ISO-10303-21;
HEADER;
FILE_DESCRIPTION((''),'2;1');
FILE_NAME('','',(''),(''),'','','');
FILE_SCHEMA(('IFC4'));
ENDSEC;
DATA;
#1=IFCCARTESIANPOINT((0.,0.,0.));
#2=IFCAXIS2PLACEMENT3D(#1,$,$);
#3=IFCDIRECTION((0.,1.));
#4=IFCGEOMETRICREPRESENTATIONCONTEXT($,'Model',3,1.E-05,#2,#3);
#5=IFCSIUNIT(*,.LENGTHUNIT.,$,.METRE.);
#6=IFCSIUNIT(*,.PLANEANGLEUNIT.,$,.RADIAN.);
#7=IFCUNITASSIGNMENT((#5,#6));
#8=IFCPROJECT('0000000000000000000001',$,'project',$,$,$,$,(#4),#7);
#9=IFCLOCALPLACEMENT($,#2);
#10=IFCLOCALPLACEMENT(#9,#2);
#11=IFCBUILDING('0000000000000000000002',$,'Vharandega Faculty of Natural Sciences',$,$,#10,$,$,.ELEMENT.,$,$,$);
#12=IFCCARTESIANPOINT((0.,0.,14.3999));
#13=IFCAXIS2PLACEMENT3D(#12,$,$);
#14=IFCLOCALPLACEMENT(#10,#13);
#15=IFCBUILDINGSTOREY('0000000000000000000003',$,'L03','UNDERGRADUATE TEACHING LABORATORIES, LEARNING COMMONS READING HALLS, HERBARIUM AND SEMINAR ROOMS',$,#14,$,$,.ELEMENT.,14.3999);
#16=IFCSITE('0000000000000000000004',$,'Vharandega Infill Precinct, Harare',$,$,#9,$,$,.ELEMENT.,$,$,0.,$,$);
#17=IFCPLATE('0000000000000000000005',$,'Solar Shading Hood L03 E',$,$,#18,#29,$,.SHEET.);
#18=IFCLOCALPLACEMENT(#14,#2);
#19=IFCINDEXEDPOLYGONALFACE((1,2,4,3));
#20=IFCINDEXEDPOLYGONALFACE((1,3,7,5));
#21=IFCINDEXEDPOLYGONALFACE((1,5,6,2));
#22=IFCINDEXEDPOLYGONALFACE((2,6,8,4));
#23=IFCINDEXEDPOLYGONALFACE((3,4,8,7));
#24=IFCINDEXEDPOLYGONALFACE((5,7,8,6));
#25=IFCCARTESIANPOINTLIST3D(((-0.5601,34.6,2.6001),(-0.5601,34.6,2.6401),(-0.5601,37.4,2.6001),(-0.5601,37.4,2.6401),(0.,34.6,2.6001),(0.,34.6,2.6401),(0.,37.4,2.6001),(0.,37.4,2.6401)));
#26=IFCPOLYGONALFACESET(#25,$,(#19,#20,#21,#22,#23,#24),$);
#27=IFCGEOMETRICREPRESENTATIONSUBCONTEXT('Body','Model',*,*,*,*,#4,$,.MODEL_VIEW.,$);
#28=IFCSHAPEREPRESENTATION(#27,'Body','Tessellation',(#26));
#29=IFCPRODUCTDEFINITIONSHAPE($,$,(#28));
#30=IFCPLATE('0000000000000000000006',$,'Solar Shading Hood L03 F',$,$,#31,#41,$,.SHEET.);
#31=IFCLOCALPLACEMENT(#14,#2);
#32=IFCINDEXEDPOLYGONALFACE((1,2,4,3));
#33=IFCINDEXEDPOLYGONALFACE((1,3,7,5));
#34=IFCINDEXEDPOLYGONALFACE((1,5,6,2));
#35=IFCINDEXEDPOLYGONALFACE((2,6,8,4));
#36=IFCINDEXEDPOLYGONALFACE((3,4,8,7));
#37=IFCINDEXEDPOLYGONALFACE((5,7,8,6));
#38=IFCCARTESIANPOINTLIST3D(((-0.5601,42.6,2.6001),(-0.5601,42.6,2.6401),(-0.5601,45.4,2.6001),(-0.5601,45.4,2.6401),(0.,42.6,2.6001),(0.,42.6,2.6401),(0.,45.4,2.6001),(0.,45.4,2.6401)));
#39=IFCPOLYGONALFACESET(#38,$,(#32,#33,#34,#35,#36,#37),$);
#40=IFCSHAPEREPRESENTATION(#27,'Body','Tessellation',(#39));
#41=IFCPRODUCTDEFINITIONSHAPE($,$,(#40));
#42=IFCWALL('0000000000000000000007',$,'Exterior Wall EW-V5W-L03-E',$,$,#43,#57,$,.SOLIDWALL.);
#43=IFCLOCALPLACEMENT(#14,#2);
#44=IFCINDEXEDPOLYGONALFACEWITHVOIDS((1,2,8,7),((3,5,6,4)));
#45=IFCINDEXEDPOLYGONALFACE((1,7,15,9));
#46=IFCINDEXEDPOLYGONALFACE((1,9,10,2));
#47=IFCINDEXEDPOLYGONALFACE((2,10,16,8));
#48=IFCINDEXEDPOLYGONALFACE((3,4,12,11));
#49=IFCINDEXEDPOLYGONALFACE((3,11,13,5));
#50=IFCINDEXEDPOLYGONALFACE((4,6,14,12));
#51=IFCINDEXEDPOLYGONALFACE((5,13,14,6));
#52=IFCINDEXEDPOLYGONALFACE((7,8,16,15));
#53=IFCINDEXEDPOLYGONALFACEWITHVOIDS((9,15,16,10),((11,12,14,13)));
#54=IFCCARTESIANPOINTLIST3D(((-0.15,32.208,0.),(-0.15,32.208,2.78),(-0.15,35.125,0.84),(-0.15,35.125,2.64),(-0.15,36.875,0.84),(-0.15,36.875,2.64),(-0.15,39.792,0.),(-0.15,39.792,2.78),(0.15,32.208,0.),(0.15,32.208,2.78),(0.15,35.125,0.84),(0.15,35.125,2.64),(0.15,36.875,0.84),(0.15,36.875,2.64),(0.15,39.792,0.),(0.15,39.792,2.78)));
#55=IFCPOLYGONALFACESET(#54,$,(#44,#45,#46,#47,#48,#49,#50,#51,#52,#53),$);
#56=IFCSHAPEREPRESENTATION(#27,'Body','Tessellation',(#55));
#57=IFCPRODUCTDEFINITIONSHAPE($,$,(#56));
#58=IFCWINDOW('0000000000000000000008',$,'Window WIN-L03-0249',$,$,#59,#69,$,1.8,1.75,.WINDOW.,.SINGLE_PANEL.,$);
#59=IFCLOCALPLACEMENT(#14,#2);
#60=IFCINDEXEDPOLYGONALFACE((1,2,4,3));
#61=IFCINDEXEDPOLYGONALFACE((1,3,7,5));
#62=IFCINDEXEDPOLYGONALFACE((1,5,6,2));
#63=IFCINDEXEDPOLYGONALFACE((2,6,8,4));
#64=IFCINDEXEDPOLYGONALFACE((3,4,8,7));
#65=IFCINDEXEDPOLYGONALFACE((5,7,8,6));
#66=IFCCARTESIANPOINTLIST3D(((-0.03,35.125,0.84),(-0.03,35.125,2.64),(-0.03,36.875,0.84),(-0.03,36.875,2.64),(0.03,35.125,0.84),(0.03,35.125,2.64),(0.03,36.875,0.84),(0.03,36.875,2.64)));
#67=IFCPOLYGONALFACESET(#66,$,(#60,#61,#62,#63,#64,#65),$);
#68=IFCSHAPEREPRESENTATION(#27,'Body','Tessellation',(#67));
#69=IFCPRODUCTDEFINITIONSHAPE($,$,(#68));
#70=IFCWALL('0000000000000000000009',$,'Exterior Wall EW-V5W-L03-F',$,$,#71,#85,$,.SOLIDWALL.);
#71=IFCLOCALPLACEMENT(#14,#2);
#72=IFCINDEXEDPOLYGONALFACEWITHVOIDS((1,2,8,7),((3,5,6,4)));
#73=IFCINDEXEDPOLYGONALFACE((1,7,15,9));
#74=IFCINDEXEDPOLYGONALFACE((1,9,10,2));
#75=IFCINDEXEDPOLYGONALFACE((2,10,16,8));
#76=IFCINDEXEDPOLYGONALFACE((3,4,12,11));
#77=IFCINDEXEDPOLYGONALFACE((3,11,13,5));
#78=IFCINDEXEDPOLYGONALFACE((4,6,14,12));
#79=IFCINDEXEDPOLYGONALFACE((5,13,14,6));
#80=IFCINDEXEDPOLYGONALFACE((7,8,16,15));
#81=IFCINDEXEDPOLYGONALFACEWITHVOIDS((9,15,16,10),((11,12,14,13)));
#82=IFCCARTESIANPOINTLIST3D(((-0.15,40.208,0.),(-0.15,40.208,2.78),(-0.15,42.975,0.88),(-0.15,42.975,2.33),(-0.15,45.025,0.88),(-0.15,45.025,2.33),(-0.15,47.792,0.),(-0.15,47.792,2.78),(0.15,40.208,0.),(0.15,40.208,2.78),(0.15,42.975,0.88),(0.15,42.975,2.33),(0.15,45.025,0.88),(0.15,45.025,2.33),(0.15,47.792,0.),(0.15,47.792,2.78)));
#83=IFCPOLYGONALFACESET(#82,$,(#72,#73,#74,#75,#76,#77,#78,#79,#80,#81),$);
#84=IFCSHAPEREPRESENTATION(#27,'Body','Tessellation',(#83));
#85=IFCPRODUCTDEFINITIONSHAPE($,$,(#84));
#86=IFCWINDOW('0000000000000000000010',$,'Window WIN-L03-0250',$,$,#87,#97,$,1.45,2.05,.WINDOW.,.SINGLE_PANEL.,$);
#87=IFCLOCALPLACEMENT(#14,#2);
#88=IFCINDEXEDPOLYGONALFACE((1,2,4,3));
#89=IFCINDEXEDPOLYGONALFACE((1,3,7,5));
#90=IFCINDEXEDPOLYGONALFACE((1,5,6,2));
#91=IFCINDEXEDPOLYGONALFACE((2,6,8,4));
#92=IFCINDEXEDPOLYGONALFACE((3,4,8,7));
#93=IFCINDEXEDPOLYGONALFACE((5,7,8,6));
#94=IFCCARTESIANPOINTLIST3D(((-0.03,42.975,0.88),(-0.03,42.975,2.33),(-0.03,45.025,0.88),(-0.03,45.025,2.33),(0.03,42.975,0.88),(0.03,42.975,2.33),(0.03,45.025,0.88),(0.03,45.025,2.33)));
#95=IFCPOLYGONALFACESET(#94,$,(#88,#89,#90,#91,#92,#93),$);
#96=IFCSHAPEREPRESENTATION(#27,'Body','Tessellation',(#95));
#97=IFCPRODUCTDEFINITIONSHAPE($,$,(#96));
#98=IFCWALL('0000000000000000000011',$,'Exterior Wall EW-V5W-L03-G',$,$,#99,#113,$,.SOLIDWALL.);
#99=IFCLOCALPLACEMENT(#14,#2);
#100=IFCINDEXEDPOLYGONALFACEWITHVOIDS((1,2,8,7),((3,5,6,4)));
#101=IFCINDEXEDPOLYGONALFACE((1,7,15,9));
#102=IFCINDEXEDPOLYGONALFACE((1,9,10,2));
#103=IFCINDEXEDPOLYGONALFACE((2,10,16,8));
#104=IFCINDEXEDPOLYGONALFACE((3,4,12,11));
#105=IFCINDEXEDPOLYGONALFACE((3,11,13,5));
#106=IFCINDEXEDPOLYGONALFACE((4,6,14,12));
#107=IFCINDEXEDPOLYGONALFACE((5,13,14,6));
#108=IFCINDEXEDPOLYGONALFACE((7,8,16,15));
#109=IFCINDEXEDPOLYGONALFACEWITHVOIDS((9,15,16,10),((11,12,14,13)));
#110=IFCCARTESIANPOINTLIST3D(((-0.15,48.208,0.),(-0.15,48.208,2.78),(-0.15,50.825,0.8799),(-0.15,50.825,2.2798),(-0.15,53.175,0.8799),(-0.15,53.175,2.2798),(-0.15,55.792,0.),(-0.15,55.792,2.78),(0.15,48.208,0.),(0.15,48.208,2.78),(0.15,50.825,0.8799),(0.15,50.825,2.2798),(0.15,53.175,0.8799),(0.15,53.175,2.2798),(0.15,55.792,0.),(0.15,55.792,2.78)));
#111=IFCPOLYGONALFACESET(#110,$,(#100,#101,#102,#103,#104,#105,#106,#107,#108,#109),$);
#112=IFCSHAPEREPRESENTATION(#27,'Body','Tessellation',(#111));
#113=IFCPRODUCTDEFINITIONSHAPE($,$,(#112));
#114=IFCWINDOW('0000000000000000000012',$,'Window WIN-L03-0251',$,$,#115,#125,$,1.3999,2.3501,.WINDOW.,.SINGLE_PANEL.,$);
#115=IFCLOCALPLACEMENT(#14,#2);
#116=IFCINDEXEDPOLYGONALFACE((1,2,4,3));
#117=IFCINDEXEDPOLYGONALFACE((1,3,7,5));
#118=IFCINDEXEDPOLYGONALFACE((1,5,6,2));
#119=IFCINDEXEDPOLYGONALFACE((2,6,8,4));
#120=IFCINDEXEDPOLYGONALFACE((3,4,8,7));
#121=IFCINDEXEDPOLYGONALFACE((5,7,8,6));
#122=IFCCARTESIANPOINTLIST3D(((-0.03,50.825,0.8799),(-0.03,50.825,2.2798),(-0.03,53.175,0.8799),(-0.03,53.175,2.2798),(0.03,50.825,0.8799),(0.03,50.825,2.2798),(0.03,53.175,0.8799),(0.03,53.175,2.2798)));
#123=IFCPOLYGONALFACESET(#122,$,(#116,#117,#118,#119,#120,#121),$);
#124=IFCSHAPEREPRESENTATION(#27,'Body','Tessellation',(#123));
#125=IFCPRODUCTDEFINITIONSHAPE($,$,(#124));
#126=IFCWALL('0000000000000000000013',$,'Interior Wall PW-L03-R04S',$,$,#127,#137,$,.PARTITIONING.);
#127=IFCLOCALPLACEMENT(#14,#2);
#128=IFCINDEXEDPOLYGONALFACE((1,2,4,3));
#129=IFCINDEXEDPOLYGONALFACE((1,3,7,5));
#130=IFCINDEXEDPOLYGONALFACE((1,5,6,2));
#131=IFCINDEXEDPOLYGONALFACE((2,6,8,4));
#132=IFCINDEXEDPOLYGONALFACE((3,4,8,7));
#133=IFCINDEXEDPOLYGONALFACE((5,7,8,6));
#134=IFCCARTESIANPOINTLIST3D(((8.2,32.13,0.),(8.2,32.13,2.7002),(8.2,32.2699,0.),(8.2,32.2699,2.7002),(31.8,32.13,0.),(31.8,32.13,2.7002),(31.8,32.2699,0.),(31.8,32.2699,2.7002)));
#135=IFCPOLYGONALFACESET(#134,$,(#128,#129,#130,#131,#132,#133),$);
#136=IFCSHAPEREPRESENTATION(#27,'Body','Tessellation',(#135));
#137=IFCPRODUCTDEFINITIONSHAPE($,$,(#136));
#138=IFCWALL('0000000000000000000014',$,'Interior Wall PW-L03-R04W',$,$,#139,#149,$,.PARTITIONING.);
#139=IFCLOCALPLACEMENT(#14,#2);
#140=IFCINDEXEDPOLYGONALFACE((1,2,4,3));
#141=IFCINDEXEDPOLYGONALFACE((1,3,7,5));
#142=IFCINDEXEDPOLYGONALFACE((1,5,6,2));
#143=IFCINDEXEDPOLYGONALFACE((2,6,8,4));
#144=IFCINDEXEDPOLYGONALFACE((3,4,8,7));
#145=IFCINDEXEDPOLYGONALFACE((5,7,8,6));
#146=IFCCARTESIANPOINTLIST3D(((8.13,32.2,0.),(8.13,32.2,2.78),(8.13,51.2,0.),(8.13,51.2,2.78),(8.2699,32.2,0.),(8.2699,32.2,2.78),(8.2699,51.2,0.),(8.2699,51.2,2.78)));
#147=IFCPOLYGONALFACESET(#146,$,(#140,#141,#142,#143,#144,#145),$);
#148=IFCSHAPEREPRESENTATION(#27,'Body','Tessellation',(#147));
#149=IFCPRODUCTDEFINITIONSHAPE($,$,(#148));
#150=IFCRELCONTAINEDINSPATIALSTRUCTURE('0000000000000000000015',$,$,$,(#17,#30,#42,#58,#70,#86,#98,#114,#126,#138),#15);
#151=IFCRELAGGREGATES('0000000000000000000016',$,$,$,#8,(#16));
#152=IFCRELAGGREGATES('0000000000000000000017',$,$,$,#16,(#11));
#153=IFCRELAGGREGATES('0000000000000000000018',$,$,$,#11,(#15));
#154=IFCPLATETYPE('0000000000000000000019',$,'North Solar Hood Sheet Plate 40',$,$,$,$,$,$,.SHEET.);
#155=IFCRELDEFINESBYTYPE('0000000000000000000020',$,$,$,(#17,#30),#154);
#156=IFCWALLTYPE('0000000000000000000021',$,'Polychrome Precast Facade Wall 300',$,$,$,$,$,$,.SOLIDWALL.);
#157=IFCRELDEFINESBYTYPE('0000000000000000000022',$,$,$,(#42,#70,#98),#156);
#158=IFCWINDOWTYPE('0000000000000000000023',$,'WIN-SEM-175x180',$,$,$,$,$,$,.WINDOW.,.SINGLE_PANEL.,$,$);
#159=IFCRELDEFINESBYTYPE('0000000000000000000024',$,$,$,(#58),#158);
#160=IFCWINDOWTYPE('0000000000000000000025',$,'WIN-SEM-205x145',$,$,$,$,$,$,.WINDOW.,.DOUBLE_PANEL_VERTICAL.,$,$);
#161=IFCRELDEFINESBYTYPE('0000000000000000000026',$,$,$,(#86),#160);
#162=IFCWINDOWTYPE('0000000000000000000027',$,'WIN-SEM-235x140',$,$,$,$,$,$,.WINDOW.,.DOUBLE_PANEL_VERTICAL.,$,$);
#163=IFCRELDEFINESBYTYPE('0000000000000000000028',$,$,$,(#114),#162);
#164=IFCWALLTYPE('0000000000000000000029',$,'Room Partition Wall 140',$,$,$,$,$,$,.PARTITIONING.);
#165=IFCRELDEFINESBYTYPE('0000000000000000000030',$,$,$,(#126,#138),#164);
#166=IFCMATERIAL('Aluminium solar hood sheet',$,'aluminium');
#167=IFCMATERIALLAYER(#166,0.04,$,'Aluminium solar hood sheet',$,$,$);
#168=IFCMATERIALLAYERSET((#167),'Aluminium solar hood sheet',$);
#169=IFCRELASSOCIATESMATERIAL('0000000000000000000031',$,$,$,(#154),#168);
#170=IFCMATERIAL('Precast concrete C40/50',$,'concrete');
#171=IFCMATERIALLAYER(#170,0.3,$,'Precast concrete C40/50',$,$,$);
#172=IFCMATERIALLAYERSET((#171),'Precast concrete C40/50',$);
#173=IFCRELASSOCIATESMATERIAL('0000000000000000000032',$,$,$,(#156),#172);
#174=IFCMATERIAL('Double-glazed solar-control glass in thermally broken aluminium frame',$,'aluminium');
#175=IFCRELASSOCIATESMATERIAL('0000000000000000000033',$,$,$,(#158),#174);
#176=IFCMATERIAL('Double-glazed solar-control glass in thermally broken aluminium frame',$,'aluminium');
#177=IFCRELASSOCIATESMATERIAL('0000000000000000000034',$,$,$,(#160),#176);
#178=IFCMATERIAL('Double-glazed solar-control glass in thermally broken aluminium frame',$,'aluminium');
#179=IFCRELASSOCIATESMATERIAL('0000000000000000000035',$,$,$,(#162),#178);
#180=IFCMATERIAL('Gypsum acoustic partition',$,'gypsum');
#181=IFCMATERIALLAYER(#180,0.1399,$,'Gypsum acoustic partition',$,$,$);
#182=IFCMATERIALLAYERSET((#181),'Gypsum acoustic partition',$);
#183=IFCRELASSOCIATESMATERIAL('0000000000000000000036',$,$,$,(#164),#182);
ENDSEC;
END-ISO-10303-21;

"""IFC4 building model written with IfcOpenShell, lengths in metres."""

from ifc_helpers import new_model, si_unit, direction, frame, frame_2d, origin, origin_2d, place, context, subcontext, project, spatial, rectangle, extrude, material, layer, layer_set, type_object, element, fill, save


model = new_model("IFC4")

# Units and contexts
model_context = context("Model", 3, precision=1e-05, world=origin(), true_north=direction((0.0, 1.0)))
body_context = subcontext(model_context, "Body", "Model", "MODEL_VIEW")
ifc_project = project(units=[si_unit("LENGTHUNIT", "METRE"), si_unit("PLANEANGLEUNIT", "RADIAN")], contexts=[model_context])

# Site, building, storey
site_placement = place(None, origin())
site = spatial("IfcSite", under=ifc_project, at=site_placement, Name="Vharandega Infill Precinct, Harare", CompositionType="ELEMENT", RefElevation=0.0)
building_placement = place(site_placement, origin())
building = spatial("IfcBuilding", under=site, at=building_placement, Name="Vharandega Faculty of Natural Sciences", CompositionType="ELEMENT")
storey_placement = place(building_placement, frame((0.0, 0.0, 14.3999)))
storey = spatial("IfcBuildingStorey", under=building, at=storey_placement, Name="L03", Description="UNDERGRADUATE TEACHING LABORATORIES, LEARNING COMMONS READING HALLS, HERBARIUM AND SEMINAR ROOMS", CompositionType="ELEMENT", Elevation=14.3999)

# Plates
ifc_material_1 = material(Name="Aluminium solar hood sheet", Category="aluminium")
ifc_layer_1 = layer(ifc_material_1, 0.04, Name="Aluminium solar hood sheet")
ifc_layer_set_1 = layer_set([ifc_layer_1], Name="Aluminium solar hood sheet")
plate_type = type_object("IfcPlateType", Name="North Solar Hood Sheet Plate 40", PredefinedType="SHEET", material=ifc_layer_set_1)
for number, where, z_axis, x_axis, name in (
    (1, (-0.28, 36.0, 2.6001), (0.0, 0.0, 1.0), (1.0, 0.0, 0.0), "Solar Shading Hood L03 E"),
    (2, (-0.28, 44.0, 2.6001), (0.0, 0.0, 1.0), (1.0, 0.0, 0.0), "Solar Shading Hood L03 F"),
):
    element("IfcPlate", number, at=place(storey_placement, frame(where, z_axis=z_axis, x_axis=x_axis)), inside=storey, type_object=plate_type, Name=name, PredefinedType="SHEET", context=body_context, shape_type="SweptSolid", body=[
        extrude(rectangle(XDim=0.5601, YDim=2.8, at=origin_2d()), origin(), (0.0, 0.0, 1.0), 0.04),
    ])

# Walls, openings, windows
ifc_material_2 = material(Name="Precast concrete C40/50", Category="concrete")
ifc_layer_2 = layer(ifc_material_2, 0.3, Name="Precast concrete C40/50")
ifc_layer_set_2 = layer_set([ifc_layer_2], Name="Precast concrete C40/50")
wall_type_1 = type_object("IfcWallType", Name="Polychrome Precast Facade Wall 300", PredefinedType="SOLIDWALL", material=ifc_layer_set_2)
wall_1_placement = place(storey_placement, frame((0.0, 32.208, 0.0), z_axis=(0.0, 0.0, 1.0), x_axis=(0.0, 1.0, 0.0)))
wall_1 = element("IfcWall", 3, at=wall_1_placement, inside=storey, type_object=wall_type_1, Name="Exterior Wall EW-V5W-L03-E", PredefinedType="SOLIDWALL", context=body_context, shape_type="SweptSolid", body=[
    extrude(rectangle(XDim=7.584, YDim=0.3, at=frame_2d((3.792, 0.0))), origin(), (0.0, 0.0, 1.0), 2.78),
])
opening_1_placement = place(wall_1_placement, frame((2.917, 0.0, 0.8401)))
opening_1 = element("IfcOpeningElement", 4, at=opening_1_placement, cuts=wall_1, PredefinedType="OPENING", context=body_context, shape_type="SweptSolid", body=[
    extrude(rectangle(XDim=1.75, YDim=1.8, at=frame_2d((0.875, 0.8999))), frame((0.0, 0.1602, 0.0), z_axis=(0.0, -1.0, 0.0), x_axis=(1.0, 0.0, 0.0)), (0.0, 0.0, 1.0), 0.3201),
])
ifc_material_3 = material(Name="Double-glazed solar-control glass in thermally broken aluminium frame", Category="aluminium")
window_type_1 = type_object("IfcWindowType", Name="WIN-SEM-175x180", PartitioningType="SINGLE_PANEL", PredefinedType="WINDOW", material=ifc_material_3)
window_1_placement = place(opening_1_placement, origin())
window_1 = element("IfcWindow", 5, at=window_1_placement, inside=storey, type_object=window_type_1, Name="Window WIN-L03-0249", OverallHeight=1.8, OverallWidth=1.75, PartitioningType="SINGLE_PANEL", PredefinedType="WINDOW", context=body_context, shape_type="SweptSolid", body=[
    extrude(rectangle(XDim=1.75, YDim=1.8, at=frame_2d((0.875, 0.8999))), frame((0.0, 0.03, 0.0), z_axis=(0.0, -1.0, 0.0), x_axis=(1.0, 0.0, 0.0)), (0.0, 0.0, 1.0), 0.0601),
])
fill(opening_1, window_1)
wall_2_placement = place(storey_placement, frame((0.0, 40.208, 0.0), z_axis=(0.0, 0.0, 1.0), x_axis=(0.0, 1.0, 0.0)))
wall_2 = element("IfcWall", 6, at=wall_2_placement, inside=storey, type_object=wall_type_1, Name="Exterior Wall EW-V5W-L03-F", PredefinedType="SOLIDWALL", context=body_context, shape_type="SweptSolid", body=[
    extrude(rectangle(XDim=7.584, YDim=0.3, at=frame_2d((3.792, 0.0))), origin(), (0.0, 0.0, 1.0), 2.78),
])
opening_2_placement = place(wall_2_placement, frame((2.7671, 0.0, 0.8799)))
opening_2 = element("IfcOpeningElement", 7, at=opening_2_placement, cuts=wall_2, PredefinedType="OPENING", context=body_context, shape_type="SweptSolid", body=[
    extrude(rectangle(XDim=2.05, YDim=1.45, at=frame_2d((1.0249, 0.7251))), frame((0.0, 0.1602, 0.0), z_axis=(0.0, -1.0, 0.0), x_axis=(1.0, 0.0, 0.0)), (0.0, 0.0, 1.0), 0.3201),
])
ifc_material_4 = material(Name="Double-glazed solar-control glass in thermally broken aluminium frame", Category="aluminium")
window_type_2 = type_object("IfcWindowType", Name="WIN-SEM-205x145", PartitioningType="DOUBLE_PANEL_VERTICAL", PredefinedType="WINDOW", material=ifc_material_4)
window_2_placement = place(opening_2_placement, origin())
window_2 = element("IfcWindow", 8, at=window_2_placement, inside=storey, type_object=window_type_2, Name="Window WIN-L03-0250", OverallHeight=1.45, OverallWidth=2.05, PartitioningType="SINGLE_PANEL", PredefinedType="WINDOW", context=body_context, shape_type="SweptSolid", body=[
    extrude(rectangle(XDim=2.05, YDim=1.45, at=frame_2d((1.0249, 0.7251))), frame((0.0, 0.03, 0.0), z_axis=(0.0, -1.0, 0.0), x_axis=(1.0, 0.0, 0.0)), (0.0, 0.0, 1.0), 0.0601),
])
fill(opening_2, window_2)
wall_3_placement = place(storey_placement, frame((0.0, 48.208, 0.0), z_axis=(0.0, 0.0, 1.0), x_axis=(0.0, 1.0, 0.0)))
wall_3 = element("IfcWall", 9, at=wall_3_placement, inside=storey, type_object=wall_type_1, Name="Exterior Wall EW-V5W-L03-G", PredefinedType="SOLIDWALL", context=body_context, shape_type="SweptSolid", body=[
    extrude(rectangle(XDim=7.584, YDim=0.3, at=frame_2d((3.792, 0.0))), origin(), (0.0, 0.0, 1.0), 2.78),
])
opening_3_placement = place(wall_3_placement, frame((2.6169, 0.0, 0.8799)))
opening_3 = element("IfcOpeningElement", 10, at=opening_3_placement, cuts=wall_3, PredefinedType="OPENING", context=body_context, shape_type="SweptSolid", body=[
    extrude(rectangle(XDim=2.3501, YDim=1.3999, at=frame_2d((1.175, 0.7))), frame((0.0, 0.1602, 0.0), z_axis=(0.0, -1.0, 0.0), x_axis=(1.0, 0.0, 0.0)), (0.0, 0.0, 1.0), 0.3201),
])
ifc_material_5 = material(Name="Double-glazed solar-control glass in thermally broken aluminium frame", Category="aluminium")
window_type_3 = type_object("IfcWindowType", Name="WIN-SEM-235x140", PartitioningType="DOUBLE_PANEL_VERTICAL", PredefinedType="WINDOW", material=ifc_material_5)
window_3_placement = place(opening_3_placement, origin())
window_3 = element("IfcWindow", 11, at=window_3_placement, inside=storey, type_object=window_type_3, Name="Window WIN-L03-0251", OverallHeight=1.3999, OverallWidth=2.3501, PartitioningType="SINGLE_PANEL", PredefinedType="WINDOW", context=body_context, shape_type="SweptSolid", body=[
    extrude(rectangle(XDim=2.3501, YDim=1.3999, at=frame_2d((1.175, 0.7))), frame((0.0, 0.03, 0.0), z_axis=(0.0, -1.0, 0.0), x_axis=(1.0, 0.0, 0.0)), (0.0, 0.0, 1.0), 0.0601),
])
fill(opening_3, window_3)

# Walls
ifc_material_6 = material(Name="Gypsum acoustic partition", Category="gypsum")
ifc_layer_3 = layer(ifc_material_6, 0.1399, Name="Gypsum acoustic partition")
ifc_layer_set_3 = layer_set([ifc_layer_3], Name="Gypsum acoustic partition")
wall_type_2 = type_object("IfcWallType", Name="Room Partition Wall 140", PredefinedType="PARTITIONING", material=ifc_layer_set_3)
wall_4_placement = place(storey_placement, frame((8.2, 32.2, 0.0), z_axis=(0.0, 0.0, 1.0), x_axis=(1.0, 0.0, 0.0)))
element("IfcWall", 12, at=wall_4_placement, inside=storey, type_object=wall_type_2, Name="Interior Wall PW-L03-R04S", PredefinedType="PARTITIONING", context=body_context, shape_type="SweptSolid", body=[
    extrude(rectangle(XDim=23.6001, YDim=0.1399, at=frame_2d((11.8, 0.0))), origin(), (0.0, 0.0, 1.0), 2.7002),
])
wall_5_placement = place(storey_placement, frame((8.2, 32.2, 0.0), z_axis=(0.0, 0.0, 1.0), x_axis=(0.0, 1.0, 0.0)))
element("IfcWall", 13, at=wall_5_placement, inside=storey, type_object=wall_type_2, Name="Interior Wall PW-L03-R04W", PredefinedType="PARTITIONING", context=body_context, shape_type="SweptSolid", body=[
    extrude(rectangle(XDim=19.0, YDim=0.1399, at=frame_2d((9.5, 0.0))), origin(), (0.0, 0.0, 1.0), 2.78),
])

save(model, "model.ifc")
